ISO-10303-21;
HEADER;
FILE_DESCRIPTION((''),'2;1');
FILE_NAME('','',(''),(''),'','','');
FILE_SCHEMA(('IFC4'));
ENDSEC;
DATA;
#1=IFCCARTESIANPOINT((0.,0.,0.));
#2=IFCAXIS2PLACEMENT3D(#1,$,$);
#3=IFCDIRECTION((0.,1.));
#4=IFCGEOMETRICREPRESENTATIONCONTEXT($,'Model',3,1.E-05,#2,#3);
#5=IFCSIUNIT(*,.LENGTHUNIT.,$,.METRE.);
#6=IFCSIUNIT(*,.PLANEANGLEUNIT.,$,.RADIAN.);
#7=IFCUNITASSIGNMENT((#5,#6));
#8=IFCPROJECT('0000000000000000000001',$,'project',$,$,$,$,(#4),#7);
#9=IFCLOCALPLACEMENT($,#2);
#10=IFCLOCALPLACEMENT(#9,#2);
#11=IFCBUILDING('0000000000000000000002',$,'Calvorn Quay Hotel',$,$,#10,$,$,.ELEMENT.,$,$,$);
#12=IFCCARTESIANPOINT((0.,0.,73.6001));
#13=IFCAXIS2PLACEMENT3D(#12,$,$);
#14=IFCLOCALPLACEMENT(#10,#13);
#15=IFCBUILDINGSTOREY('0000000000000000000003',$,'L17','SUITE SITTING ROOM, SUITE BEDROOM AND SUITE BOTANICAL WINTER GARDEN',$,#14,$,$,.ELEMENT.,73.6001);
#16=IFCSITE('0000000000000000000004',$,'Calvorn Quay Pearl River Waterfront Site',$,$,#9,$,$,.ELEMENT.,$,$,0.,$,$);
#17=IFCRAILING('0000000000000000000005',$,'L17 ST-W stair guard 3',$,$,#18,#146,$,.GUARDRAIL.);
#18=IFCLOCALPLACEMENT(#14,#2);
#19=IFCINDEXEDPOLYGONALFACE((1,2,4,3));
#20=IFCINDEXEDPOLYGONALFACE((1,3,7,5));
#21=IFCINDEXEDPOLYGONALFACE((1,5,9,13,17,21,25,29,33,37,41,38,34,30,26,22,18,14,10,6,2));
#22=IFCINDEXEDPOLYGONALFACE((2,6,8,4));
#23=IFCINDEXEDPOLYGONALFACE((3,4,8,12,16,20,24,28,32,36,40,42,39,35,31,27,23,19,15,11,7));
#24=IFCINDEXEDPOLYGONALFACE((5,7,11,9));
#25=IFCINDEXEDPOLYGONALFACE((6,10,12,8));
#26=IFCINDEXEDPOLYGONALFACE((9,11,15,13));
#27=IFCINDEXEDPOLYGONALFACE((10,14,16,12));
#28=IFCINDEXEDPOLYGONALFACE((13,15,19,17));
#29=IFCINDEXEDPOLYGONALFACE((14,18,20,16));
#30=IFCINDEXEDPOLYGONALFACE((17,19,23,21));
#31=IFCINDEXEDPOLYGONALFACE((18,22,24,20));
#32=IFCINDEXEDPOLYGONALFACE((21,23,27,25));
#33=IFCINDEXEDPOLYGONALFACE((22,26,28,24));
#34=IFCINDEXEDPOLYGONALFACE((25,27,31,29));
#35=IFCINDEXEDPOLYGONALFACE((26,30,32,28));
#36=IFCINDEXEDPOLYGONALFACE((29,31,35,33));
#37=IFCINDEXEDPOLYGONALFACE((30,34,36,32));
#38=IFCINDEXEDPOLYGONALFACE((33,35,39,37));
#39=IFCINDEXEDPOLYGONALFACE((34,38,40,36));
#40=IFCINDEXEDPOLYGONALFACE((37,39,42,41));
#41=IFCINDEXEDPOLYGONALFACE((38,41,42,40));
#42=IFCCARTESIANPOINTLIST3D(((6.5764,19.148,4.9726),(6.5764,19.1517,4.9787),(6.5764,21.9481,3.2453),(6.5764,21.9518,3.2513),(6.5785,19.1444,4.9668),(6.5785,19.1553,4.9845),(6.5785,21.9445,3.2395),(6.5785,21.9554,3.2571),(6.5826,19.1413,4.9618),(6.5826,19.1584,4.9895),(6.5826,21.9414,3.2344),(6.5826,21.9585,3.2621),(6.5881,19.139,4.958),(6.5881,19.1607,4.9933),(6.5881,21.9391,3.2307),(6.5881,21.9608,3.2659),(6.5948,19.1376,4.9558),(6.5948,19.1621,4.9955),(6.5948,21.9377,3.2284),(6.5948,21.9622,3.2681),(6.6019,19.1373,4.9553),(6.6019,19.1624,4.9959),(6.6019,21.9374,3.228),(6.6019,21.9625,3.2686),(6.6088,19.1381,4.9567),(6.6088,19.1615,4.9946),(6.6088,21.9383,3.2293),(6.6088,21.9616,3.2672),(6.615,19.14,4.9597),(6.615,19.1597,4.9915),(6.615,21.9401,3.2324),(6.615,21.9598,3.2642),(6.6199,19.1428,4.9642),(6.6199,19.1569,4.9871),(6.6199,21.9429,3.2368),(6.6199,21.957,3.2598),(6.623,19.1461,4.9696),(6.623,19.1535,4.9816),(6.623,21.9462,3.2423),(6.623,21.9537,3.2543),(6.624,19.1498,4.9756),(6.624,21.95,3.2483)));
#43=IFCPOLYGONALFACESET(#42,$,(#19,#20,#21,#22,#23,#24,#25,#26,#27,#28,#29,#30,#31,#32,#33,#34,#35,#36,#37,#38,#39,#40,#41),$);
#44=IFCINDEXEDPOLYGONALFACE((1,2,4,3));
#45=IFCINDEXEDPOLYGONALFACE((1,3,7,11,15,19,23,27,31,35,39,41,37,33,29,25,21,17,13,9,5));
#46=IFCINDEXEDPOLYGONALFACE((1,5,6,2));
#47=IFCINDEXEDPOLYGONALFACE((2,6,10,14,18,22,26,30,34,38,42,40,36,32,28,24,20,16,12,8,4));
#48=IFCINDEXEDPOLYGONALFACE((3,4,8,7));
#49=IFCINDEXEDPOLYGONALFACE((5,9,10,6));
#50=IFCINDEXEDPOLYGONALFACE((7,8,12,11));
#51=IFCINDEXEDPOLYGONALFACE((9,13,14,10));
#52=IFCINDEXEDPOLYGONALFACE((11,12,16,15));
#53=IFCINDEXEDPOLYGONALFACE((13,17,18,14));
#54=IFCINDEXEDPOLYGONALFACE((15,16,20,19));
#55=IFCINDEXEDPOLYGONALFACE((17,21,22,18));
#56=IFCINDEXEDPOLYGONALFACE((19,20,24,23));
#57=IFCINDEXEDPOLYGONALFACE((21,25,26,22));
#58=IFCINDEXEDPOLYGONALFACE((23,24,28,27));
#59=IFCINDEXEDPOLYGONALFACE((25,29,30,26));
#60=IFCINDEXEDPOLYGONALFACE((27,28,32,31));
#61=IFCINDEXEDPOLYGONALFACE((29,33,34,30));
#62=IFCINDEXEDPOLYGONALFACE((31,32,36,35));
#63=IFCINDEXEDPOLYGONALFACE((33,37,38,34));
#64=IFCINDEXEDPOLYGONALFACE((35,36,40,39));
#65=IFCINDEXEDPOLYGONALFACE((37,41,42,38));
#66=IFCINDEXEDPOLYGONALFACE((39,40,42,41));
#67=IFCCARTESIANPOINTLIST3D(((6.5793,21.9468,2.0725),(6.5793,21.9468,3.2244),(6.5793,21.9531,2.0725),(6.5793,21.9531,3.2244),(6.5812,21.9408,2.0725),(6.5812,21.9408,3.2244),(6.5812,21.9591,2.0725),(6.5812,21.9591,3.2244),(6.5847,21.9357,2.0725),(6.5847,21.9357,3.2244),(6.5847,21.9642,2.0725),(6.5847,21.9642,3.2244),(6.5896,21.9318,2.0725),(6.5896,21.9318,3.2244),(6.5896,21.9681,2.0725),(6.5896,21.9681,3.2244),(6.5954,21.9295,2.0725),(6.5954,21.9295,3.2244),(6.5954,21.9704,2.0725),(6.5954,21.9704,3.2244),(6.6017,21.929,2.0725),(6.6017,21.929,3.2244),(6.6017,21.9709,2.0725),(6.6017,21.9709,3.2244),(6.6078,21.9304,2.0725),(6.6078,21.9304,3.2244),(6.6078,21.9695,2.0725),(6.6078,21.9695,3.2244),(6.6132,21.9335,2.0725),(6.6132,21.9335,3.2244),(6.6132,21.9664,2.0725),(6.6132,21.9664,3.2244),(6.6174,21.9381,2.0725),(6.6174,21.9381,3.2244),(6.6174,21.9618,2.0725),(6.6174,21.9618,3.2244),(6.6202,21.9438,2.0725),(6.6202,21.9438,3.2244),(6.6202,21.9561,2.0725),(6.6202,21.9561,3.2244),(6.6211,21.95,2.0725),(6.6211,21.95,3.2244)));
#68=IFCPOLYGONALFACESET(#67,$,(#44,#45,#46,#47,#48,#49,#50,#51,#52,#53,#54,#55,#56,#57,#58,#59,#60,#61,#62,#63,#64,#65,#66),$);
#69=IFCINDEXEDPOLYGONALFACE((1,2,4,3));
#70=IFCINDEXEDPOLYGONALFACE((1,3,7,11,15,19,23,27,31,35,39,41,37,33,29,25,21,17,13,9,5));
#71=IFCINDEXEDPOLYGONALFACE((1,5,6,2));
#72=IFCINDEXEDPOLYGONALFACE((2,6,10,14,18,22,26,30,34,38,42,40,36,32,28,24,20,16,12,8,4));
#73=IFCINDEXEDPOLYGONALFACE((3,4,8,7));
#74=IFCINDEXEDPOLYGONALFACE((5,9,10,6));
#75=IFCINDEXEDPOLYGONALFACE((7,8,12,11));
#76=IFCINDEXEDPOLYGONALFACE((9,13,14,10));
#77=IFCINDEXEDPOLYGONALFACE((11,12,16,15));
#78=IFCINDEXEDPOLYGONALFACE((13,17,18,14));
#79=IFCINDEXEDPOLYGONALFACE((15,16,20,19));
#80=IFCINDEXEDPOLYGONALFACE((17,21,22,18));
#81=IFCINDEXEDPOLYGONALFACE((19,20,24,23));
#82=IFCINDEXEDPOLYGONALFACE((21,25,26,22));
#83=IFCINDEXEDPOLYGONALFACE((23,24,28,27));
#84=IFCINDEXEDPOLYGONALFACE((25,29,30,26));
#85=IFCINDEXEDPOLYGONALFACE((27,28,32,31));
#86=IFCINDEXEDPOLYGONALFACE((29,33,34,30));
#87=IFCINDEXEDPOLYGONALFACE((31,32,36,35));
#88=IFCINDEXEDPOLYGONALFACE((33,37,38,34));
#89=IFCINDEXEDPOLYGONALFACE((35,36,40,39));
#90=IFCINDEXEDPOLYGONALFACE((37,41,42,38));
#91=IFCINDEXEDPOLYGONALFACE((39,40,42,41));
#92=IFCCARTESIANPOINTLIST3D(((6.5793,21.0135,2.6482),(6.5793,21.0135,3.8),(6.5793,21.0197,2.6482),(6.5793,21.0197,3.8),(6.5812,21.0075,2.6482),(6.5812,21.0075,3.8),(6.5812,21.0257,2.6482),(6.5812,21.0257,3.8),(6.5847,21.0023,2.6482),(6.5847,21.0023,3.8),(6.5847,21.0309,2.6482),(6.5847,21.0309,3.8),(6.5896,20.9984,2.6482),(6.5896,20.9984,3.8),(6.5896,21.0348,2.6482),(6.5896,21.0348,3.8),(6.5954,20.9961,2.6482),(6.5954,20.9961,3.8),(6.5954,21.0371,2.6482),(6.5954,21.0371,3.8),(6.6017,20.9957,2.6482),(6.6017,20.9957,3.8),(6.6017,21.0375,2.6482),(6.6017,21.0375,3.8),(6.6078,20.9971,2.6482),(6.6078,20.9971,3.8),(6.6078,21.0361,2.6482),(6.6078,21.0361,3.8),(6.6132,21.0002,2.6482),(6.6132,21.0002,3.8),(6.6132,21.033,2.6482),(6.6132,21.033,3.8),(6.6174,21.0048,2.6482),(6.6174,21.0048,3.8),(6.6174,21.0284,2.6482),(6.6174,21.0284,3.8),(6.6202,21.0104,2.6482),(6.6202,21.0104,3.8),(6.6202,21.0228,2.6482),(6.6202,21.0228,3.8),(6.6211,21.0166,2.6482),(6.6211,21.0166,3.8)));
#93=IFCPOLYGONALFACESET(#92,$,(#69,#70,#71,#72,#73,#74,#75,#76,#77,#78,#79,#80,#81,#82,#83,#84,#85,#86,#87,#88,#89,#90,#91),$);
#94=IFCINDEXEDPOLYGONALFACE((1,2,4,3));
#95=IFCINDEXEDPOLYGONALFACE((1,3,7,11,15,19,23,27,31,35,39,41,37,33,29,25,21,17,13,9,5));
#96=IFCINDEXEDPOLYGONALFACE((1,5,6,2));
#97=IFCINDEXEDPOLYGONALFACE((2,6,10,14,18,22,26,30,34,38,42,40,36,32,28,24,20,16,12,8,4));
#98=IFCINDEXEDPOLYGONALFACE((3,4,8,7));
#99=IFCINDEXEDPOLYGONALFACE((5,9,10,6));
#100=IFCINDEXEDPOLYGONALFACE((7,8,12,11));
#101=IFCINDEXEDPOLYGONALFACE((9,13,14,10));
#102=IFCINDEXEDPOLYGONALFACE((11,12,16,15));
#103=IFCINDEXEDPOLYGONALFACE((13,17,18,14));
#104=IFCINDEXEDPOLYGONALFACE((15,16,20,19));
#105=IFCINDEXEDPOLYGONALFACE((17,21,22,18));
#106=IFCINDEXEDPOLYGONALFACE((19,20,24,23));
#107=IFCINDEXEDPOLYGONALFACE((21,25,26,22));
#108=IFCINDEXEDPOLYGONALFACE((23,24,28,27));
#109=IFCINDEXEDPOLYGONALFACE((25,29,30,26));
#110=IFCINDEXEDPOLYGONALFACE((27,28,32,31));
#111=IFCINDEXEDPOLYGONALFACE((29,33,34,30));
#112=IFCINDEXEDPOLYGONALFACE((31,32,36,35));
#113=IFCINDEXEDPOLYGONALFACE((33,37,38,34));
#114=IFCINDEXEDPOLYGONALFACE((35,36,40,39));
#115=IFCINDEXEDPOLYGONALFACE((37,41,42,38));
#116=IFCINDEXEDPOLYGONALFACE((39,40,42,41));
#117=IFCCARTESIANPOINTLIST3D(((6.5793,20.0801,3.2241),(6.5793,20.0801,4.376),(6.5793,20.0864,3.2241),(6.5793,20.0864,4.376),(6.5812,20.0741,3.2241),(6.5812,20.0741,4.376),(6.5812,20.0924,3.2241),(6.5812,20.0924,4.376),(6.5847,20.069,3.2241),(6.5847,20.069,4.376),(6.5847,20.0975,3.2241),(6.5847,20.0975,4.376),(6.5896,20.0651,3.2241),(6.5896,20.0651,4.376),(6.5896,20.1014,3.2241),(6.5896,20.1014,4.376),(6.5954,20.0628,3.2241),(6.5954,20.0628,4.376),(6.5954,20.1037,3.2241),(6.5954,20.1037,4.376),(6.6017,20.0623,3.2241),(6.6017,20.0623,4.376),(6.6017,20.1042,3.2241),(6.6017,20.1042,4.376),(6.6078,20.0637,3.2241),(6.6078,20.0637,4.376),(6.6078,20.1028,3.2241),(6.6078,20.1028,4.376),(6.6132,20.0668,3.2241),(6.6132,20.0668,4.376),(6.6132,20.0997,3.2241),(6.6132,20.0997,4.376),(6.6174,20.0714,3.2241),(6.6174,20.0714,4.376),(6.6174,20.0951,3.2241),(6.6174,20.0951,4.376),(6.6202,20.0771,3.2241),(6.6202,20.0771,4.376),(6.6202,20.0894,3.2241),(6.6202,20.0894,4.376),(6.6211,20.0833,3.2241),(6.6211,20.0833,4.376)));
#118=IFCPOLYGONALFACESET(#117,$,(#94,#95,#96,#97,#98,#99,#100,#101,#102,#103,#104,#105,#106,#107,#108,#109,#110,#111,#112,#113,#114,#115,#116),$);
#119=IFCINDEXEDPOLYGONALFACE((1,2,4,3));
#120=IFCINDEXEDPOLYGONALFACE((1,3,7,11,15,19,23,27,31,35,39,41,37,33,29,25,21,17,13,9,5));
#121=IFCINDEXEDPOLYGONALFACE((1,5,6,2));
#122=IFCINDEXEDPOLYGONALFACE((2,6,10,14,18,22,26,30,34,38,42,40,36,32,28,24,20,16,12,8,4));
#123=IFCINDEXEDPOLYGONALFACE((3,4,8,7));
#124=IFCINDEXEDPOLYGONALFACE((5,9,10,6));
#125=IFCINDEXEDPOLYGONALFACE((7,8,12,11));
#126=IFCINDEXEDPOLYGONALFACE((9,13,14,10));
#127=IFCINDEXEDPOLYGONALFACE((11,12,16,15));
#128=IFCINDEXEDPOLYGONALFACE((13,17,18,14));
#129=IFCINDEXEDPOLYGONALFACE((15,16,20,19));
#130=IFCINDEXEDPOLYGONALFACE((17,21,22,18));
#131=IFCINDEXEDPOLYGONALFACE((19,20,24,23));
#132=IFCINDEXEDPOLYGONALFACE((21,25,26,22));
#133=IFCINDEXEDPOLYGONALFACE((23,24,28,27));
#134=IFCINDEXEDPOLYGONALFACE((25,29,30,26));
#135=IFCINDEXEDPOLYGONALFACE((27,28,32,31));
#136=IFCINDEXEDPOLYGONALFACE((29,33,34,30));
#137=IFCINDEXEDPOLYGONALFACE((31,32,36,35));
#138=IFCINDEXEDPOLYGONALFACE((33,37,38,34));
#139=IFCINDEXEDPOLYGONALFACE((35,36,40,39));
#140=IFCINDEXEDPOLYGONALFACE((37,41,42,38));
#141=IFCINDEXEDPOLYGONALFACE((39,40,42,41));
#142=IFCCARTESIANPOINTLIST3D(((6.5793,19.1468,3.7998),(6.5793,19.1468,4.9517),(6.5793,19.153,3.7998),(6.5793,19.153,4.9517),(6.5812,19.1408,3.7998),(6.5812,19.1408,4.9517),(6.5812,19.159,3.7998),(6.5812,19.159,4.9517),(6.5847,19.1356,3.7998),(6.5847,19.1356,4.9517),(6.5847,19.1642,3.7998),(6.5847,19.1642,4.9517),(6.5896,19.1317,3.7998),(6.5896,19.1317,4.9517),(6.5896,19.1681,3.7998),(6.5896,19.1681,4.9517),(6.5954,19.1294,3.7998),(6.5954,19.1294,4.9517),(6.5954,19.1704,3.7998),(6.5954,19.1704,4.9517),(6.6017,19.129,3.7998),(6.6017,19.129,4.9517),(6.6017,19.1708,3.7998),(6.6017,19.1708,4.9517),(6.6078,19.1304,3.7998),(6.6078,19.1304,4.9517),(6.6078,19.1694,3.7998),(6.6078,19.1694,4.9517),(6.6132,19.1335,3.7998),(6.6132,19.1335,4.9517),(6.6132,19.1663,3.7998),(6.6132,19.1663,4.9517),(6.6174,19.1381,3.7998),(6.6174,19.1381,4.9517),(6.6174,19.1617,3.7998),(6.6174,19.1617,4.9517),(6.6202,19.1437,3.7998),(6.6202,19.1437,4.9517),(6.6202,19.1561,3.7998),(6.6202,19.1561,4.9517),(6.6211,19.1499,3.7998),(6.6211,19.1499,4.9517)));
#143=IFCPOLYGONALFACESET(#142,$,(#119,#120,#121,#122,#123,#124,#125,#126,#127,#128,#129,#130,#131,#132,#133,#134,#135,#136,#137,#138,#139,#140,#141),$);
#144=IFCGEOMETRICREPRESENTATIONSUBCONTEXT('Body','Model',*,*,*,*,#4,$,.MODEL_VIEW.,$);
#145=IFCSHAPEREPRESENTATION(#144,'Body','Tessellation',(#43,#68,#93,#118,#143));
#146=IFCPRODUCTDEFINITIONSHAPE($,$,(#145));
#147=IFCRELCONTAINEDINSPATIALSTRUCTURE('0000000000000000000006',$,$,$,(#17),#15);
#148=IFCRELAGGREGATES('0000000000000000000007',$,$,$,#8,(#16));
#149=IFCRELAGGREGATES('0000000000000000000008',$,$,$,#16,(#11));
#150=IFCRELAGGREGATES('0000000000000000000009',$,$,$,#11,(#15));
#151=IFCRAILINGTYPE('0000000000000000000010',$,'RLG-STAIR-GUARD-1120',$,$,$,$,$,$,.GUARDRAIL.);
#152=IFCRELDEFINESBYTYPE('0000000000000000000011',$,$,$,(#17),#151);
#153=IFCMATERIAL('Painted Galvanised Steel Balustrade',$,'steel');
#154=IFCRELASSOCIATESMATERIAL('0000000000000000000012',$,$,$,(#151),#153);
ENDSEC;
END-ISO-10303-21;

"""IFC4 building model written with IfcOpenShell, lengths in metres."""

from ifc_helpers import new_model, si_unit, direction, frame, origin, origin_2d, place, context, subcontext, project, spatial, circle, extrude, material, type_object, element, save


model = new_model("IFC4")

# Units and contexts
model_context = context("Model", 3, precision=1e-05, world=origin(), true_north=direction((0.0, 1.0)))
body_context = subcontext(model_context, "Body", "Model", "MODEL_VIEW")
ifc_project = project(units=[si_unit("LENGTHUNIT", "METRE"), si_unit("PLANEANGLEUNIT", "RADIAN")], contexts=[model_context])

# Site, building, storey
site_placement = place(None, origin())
site = spatial("IfcSite", under=ifc_project, at=site_placement, Name="Calvorn Quay Pearl River Waterfront Site", CompositionType="ELEMENT", RefElevation=0.0)
building_placement = place(site_placement, origin())
building = spatial("IfcBuilding", under=site, at=building_placement, Name="Calvorn Quay Hotel", CompositionType="ELEMENT")
storey_placement = place(building_placement, frame((0.0, 0.0, 73.6001)))
storey = spatial("IfcBuildingStorey", under=building, at=storey_placement, Name="L17", Description="SUITE SITTING ROOM, SUITE BEDROOM AND SUITE BOTANICAL WINTER GARDEN", CompositionType="ELEMENT", Elevation=73.6001)

# Railing
ifc_material_1 = material(Name="Painted Galvanised Steel Balustrade", Category="steel")
railing_type_1 = type_object("IfcRailingType", Name="RLG-STAIR-GUARD-1120", PredefinedType="GUARDRAIL", material=ifc_material_1)
railing_1_placement = place(storey_placement, frame((6.6001, 21.95, 2.0725)))
element("IfcRailing", 1, at=railing_1_placement, inside=storey, type_object=railing_type_1, Name="L17 ST-W stair guard 3", PredefinedType="GUARDRAIL", context=body_context, shape_type="SweptSolid", body=[
    extrude(circle(Radius=0.0239, at=origin_2d()), frame((0.0, 0.0, 1.1758), z_axis=(0.0, -0.85109, 0.52502), x_axis=(1.0, 0.0, 0.0)), (0.0, 0.0, 1.0), 3.29),
    extrude(circle(Radius=0.021, at=origin_2d()), origin(), (0.0, 0.0, 1.0), 1.1519),
    extrude(circle(Radius=0.021, at=origin_2d()), frame((0.0, -0.9333, 0.5757)), (0.0, 0.0, 1.0), 1.1519),
    extrude(circle(Radius=0.021, at=origin_2d()), frame((0.0, -1.8667, 1.1516)), (0.0, 0.0, 1.0), 1.1519),
    extrude(circle(Radius=0.021, at=origin_2d()), frame((0.0, -2.8, 1.7273)), (0.0, 0.0, 1.0), 1.1519),
])

save(model, "model.ifc")
